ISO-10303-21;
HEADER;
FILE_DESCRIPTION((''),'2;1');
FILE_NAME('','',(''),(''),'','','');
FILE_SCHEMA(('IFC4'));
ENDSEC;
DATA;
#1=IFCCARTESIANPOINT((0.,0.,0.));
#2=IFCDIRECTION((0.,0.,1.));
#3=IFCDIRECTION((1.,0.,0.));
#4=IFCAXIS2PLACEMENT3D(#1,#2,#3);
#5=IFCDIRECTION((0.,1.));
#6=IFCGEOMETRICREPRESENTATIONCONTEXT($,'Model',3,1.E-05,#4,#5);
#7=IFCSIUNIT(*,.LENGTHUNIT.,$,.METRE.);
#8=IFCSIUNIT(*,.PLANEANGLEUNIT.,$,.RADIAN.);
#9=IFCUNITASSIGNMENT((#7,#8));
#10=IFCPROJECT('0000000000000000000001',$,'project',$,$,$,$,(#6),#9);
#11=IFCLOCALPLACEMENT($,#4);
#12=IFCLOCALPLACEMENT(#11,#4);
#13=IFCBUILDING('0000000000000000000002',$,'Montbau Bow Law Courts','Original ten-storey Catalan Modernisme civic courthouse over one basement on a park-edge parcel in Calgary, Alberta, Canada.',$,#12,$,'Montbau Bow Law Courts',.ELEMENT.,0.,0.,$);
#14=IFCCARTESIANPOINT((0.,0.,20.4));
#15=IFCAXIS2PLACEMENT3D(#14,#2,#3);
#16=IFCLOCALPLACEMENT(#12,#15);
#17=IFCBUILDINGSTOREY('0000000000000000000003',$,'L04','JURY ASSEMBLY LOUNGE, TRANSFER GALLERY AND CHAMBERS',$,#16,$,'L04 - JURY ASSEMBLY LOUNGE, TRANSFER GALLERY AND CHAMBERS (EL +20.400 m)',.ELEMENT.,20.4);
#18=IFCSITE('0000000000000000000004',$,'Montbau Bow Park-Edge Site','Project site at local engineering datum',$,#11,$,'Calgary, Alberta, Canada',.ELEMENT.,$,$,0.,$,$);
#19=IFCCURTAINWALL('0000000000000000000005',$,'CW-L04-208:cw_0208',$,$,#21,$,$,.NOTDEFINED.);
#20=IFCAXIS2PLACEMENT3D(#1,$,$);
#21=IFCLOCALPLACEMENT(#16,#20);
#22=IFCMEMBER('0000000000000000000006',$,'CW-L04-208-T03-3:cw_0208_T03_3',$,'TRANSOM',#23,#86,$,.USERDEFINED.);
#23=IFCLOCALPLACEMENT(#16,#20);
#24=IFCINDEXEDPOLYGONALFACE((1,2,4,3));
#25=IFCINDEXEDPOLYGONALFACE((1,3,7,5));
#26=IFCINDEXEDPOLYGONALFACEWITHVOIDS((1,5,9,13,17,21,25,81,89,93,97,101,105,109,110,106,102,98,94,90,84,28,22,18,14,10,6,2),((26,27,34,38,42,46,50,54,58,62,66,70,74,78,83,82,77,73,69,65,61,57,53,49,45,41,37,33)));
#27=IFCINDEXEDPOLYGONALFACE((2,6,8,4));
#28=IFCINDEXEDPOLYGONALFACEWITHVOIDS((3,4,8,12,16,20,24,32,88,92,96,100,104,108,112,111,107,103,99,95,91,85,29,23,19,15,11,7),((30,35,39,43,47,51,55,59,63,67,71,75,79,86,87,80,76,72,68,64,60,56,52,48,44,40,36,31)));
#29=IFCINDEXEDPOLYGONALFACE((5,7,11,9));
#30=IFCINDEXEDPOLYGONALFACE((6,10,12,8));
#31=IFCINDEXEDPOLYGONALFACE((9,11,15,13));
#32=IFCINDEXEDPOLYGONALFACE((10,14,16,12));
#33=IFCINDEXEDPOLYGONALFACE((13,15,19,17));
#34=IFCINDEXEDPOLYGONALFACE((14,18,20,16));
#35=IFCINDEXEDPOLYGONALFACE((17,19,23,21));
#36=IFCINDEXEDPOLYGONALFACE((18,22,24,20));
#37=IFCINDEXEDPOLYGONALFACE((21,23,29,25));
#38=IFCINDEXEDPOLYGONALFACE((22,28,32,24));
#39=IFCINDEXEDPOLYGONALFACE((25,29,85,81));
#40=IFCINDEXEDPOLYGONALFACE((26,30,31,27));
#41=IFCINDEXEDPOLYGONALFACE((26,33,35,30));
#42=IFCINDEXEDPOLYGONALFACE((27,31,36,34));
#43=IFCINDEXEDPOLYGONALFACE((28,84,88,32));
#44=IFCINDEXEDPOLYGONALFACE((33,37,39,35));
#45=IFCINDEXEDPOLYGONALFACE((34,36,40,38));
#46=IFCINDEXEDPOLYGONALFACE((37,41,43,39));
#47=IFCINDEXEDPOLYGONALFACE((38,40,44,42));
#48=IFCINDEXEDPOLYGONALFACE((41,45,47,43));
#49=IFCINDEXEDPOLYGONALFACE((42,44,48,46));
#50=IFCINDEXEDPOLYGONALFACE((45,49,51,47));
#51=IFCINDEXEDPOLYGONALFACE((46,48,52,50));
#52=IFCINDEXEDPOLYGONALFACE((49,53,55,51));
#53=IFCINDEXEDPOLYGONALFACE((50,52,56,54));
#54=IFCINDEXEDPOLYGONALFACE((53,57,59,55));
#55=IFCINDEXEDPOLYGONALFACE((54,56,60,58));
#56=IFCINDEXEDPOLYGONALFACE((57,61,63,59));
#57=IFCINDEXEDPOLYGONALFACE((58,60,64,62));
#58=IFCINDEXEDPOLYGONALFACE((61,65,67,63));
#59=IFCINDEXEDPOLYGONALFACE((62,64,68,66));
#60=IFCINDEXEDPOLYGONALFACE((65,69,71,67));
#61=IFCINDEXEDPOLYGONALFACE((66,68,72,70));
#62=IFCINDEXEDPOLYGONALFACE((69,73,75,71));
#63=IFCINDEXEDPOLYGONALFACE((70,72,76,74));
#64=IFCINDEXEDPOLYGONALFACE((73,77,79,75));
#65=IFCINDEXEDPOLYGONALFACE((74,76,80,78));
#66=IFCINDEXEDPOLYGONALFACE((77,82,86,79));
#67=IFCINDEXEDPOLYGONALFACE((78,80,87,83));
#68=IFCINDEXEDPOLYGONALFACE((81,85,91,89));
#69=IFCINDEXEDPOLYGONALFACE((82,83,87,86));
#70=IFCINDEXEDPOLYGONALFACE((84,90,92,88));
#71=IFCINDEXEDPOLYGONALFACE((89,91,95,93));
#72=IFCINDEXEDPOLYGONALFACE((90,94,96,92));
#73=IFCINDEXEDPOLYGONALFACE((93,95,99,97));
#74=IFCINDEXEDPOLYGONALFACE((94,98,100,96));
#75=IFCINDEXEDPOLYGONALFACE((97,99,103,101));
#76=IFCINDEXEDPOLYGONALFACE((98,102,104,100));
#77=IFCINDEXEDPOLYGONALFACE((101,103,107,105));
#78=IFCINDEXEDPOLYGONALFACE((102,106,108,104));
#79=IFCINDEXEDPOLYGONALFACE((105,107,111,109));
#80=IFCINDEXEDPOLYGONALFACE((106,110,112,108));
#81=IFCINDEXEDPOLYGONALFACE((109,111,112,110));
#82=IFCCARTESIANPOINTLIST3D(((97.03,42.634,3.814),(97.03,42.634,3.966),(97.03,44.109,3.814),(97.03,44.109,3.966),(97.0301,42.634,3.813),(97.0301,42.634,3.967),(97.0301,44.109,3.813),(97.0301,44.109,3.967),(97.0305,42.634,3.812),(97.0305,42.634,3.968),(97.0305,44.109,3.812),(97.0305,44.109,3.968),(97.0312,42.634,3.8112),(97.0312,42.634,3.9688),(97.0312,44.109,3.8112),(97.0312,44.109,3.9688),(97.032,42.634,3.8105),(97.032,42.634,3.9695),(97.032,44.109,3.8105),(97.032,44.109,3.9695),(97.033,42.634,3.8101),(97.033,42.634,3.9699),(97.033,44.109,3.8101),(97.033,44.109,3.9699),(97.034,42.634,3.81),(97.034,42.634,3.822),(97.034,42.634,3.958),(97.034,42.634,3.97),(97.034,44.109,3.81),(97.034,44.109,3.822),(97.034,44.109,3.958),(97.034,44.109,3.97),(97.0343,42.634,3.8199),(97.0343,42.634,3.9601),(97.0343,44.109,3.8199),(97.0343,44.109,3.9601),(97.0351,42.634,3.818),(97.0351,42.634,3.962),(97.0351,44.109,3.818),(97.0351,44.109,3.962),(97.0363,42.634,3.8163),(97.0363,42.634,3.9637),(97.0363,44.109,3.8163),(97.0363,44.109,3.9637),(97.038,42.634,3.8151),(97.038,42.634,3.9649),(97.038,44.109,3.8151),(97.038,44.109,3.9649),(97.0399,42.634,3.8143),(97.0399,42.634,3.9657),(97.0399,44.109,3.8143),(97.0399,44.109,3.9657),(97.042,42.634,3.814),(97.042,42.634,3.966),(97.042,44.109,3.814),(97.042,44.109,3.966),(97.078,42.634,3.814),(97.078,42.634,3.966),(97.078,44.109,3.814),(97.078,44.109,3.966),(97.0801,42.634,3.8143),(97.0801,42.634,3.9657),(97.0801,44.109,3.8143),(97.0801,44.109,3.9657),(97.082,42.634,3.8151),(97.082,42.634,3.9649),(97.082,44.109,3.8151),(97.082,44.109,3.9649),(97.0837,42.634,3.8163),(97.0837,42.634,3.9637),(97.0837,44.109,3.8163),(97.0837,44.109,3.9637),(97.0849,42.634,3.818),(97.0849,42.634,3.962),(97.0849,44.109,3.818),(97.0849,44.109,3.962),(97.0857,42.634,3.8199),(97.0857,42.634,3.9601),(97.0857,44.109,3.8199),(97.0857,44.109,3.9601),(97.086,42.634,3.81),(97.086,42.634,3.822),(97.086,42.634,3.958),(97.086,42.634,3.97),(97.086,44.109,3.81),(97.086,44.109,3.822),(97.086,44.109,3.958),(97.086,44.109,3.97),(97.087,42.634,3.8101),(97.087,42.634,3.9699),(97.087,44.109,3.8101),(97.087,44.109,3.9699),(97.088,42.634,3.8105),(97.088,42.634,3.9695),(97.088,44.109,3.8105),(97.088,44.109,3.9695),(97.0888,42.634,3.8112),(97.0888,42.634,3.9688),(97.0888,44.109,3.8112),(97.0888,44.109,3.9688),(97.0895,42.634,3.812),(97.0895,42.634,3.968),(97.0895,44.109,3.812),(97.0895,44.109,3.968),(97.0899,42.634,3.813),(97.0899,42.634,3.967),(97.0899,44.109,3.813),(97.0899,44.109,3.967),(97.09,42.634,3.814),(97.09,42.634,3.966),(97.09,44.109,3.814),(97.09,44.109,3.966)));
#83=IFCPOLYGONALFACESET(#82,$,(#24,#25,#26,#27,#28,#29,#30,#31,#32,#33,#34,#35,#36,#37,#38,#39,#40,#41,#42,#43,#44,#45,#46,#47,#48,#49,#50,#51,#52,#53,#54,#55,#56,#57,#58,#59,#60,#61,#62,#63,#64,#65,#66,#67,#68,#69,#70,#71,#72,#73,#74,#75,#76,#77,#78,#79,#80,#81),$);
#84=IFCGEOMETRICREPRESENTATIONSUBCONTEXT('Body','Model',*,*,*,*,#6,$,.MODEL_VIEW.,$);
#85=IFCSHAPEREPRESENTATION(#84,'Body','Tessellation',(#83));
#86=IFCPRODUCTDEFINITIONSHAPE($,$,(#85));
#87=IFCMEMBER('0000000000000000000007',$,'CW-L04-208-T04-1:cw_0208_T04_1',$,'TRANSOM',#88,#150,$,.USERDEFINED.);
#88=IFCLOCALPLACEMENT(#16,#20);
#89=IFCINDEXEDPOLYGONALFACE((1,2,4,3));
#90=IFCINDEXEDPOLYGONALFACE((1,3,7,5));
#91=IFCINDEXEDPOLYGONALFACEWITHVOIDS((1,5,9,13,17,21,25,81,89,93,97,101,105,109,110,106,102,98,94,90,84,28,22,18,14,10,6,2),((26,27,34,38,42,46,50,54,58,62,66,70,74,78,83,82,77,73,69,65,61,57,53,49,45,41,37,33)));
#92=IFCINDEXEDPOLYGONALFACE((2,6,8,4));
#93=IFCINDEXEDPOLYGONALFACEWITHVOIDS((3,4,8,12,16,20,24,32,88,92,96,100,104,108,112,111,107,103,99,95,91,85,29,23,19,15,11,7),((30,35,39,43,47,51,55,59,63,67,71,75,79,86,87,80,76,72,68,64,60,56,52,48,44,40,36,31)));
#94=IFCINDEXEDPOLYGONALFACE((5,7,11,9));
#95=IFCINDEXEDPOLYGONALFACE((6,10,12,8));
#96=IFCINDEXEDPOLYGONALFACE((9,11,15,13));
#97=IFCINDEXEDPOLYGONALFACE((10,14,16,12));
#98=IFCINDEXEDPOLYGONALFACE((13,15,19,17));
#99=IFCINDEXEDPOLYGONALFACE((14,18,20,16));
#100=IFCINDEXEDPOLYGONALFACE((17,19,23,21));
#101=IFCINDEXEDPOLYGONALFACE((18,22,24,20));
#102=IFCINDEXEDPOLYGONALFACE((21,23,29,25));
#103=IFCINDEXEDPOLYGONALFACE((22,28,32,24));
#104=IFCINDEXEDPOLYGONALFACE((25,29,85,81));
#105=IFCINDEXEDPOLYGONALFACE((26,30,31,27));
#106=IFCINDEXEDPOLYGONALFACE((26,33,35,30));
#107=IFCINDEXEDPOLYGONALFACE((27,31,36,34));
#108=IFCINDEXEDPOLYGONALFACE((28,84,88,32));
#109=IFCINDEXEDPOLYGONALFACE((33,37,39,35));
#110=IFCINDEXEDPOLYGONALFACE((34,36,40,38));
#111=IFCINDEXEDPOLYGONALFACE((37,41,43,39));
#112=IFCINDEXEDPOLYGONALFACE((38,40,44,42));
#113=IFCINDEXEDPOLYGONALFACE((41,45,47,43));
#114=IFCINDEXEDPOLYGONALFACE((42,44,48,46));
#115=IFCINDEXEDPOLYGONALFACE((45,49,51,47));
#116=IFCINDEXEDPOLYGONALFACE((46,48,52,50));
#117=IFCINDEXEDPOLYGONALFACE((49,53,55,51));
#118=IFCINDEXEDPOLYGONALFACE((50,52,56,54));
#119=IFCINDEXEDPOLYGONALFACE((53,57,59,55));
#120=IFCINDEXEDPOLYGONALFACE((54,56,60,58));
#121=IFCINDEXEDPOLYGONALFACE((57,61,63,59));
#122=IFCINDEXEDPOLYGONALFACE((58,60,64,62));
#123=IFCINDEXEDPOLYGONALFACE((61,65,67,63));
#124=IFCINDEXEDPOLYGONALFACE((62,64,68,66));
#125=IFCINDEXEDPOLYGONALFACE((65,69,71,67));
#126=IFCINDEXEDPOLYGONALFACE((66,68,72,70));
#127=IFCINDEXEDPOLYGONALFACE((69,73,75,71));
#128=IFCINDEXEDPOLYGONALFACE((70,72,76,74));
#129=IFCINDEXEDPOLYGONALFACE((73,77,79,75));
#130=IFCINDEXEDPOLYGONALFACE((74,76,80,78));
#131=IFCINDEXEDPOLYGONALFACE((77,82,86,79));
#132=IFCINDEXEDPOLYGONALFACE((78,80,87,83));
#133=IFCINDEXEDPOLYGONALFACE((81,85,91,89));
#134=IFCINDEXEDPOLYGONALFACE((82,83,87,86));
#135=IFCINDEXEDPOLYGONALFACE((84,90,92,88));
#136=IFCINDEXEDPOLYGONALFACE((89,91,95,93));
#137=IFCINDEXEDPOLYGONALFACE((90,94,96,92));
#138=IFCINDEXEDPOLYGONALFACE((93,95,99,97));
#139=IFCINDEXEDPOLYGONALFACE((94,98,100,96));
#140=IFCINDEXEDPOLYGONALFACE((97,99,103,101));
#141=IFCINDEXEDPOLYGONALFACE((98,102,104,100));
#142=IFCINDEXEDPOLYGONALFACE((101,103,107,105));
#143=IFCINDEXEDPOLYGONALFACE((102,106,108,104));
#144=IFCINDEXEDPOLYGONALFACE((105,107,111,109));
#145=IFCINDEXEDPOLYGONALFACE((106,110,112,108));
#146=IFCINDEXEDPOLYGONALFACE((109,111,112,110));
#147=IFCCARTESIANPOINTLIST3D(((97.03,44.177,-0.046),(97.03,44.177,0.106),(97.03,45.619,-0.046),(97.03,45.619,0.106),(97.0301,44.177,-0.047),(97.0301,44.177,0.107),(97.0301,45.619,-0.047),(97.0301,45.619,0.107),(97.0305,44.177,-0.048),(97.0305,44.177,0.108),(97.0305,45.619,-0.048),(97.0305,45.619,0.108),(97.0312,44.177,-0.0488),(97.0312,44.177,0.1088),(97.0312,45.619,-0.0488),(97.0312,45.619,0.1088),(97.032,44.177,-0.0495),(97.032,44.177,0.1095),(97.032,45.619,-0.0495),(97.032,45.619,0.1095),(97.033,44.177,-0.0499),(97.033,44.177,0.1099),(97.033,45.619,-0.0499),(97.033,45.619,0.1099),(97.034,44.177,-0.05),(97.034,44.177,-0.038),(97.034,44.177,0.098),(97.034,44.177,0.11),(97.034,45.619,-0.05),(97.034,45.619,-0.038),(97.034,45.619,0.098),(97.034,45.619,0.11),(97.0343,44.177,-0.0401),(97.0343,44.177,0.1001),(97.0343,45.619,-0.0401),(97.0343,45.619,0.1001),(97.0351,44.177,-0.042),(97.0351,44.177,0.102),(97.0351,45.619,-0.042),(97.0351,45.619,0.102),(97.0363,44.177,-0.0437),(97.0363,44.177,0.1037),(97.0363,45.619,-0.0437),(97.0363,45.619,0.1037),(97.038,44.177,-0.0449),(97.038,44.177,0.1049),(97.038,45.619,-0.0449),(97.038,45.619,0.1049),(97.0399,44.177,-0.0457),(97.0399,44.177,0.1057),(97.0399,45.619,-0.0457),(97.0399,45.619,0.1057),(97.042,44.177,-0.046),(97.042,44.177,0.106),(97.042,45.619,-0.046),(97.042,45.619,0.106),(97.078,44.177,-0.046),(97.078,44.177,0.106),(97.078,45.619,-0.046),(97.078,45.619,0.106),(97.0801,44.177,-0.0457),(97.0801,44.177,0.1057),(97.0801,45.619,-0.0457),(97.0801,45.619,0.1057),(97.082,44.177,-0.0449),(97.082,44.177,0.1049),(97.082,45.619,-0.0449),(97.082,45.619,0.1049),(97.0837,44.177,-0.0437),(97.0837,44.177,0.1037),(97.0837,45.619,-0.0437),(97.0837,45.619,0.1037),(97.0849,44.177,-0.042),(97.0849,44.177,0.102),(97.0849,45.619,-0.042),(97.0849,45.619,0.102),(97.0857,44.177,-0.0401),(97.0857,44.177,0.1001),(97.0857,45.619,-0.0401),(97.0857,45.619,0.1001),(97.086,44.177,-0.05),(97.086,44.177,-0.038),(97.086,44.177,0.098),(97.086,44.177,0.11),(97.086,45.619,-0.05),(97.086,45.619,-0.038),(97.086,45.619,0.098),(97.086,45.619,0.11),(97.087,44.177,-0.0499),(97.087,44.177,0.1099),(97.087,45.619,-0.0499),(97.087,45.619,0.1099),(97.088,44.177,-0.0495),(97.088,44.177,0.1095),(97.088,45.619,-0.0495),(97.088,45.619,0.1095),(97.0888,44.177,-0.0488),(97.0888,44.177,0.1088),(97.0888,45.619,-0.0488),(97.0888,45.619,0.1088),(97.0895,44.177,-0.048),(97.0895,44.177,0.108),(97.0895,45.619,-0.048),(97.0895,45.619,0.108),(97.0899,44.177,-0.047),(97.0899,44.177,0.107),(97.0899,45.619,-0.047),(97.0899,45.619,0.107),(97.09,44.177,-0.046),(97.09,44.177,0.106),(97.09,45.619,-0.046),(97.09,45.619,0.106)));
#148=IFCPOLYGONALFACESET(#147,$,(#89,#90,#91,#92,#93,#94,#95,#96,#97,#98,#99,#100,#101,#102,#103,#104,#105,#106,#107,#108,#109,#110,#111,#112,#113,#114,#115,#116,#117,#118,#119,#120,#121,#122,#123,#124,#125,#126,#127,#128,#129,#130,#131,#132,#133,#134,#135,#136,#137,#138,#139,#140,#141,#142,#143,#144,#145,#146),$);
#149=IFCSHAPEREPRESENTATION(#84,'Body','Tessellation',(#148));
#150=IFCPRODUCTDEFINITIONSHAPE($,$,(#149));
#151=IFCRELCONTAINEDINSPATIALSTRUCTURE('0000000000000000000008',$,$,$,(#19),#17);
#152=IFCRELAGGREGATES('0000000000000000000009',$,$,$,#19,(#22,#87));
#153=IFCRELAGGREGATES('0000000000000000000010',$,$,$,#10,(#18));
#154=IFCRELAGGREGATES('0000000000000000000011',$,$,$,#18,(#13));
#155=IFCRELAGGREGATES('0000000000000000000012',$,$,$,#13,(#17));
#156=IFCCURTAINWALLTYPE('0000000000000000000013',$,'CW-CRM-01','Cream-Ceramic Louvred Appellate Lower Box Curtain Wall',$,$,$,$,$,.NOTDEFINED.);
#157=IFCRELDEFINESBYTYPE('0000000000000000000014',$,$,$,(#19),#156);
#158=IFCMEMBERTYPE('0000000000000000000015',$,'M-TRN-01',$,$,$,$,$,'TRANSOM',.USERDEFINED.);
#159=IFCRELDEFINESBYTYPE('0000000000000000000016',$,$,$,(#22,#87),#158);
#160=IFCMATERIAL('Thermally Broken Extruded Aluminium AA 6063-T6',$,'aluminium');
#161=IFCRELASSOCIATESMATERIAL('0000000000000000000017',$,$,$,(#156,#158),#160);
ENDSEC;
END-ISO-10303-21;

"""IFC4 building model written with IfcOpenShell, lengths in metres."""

from ifc_helpers import new_model, si_unit, direction, frame, origin_with_axes, origin_2d_with_axis, place, context, subcontext, project, spatial, hollow_rectangle, extrude, material, material_profile, profile_set, type_object, element, aggregate, save


model = new_model("IFC4")

# Units and contexts
model_context = context("Model", 3, precision=1e-05, world=origin_with_axes(), true_north=direction((0.0, 1.0)))
body_context = subcontext(model_context, "Body", "Model", "MODEL_VIEW")
ifc_project = project(units=[si_unit("LENGTHUNIT", "METRE"), si_unit("PLANEANGLEUNIT", "RADIAN")], contexts=[model_context])

# Site, building, storey
site_placement = place(None, origin_with_axes())
site = spatial("IfcSite", under=ifc_project, at=site_placement, Name="Montbau Bow Park-Edge Site", Description="Project site at local engineering datum", LongName="Calgary, Alberta, Canada", CompositionType="ELEMENT", RefElevation=0.0)
building_placement = place(site_placement, origin_with_axes())
building = spatial("IfcBuilding", under=site, at=building_placement, Name="Montbau Bow Law Courts", Description="Original ten-storey Catalan Modernisme civic courthouse over one basement on a park-edge parcel in Calgary, Alberta, Canada.", LongName="Montbau Bow Law Courts", CompositionType="ELEMENT", ElevationOfRefHeight=0.0, ElevationOfTerrain=0.0)
storey_placement = place(building_placement, frame((0.0, 0.0, 20.4), z_axis=(0.0, 0.0, 1.0), x_axis=(1.0, 0.0, 0.0)))
storey = spatial("IfcBuildingStorey", under=building, at=storey_placement, Name="L04", Description="JURY ASSEMBLY LOUNGE, TRANSFER GALLERY AND CHAMBERS", LongName="L04 - JURY ASSEMBLY LOUNGE, TRANSFER GALLERY AND CHAMBERS (EL +20.400 m)", CompositionType="ELEMENT", Elevation=20.4)

# Curtain wall
ifc_material_1 = material(Name="Thermally Broken Extruded Aluminium AA 6063-T6", Category="aluminium")
curtain_wall_type = type_object("IfcCurtainWallType", Name="CW-CRM-01", Description="Cream-Ceramic Louvred Appellate Lower Box Curtain Wall", PredefinedType="NOTDEFINED", material=ifc_material_1)
curtain_wall_1_placement = place(None, frame((97.06, 39.515, 20.4), z_axis=(0.0, 0.0, 1.0), x_axis=(1.0, 0.0, 0.0)))
curtain_wall_1 = element("IfcCurtainWall", 1, at=curtain_wall_1_placement, inside=storey, type_object=curtain_wall_type, Name="CW-L04-208:cw_0208", PredefinedType="NOTDEFINED")

# Members
ifc_material_profile_1 = material_profile(ifc_material_1, hollow_rectangle(XDim=0.06, YDim=0.16, WallThickness=0.004, InnerFilletRadius=0.008, OuterFilletRadius=0.004, at=origin_2d_with_axis()), Name="CWT-160X60", Category="Main", Priority=0)
ifc_profile_set_1 = profile_set([ifc_material_profile_1], Name="Thermally Broken Extruded Aluminium AA 6063-T6")
member_type_1 = type_object("IfcMemberType", Name="M-TRN-01", ElementType="TRANSOM", PredefinedType="USERDEFINED", material=ifc_profile_set_1)
member_1_placement = place(None, frame((97.06, 42.634, 24.29), z_axis=(0.0, 1.0, 0.0), x_axis=(-1.0, 0.0, 0.0)))
member_1 = element("IfcMember", 2, at=member_1_placement, type_object=member_type_1, Name="CW-L04-208-T03-3:cw_0208_T03_3", ObjectType="TRANSOM", PredefinedType="USERDEFINED", context=body_context, shape_type="SweptSolid", body=[
    extrude(hollow_rectangle(XDim=0.06, YDim=0.16, WallThickness=0.004, InnerFilletRadius=0.008, OuterFilletRadius=0.004, at=origin_2d_with_axis()), origin_with_axes(), (0.0, 0.0, 1.0), 1.475),
])
member_2_placement = place(None, frame((97.06, 44.177, 20.43), z_axis=(0.0, 1.0, 0.0), x_axis=(-1.0, 0.0, 0.0)))
member_2 = element("IfcMember", 3, at=member_2_placement, type_object=member_type_1, Name="CW-L04-208-T04-1:cw_0208_T04_1", ObjectType="TRANSOM", PredefinedType="USERDEFINED", context=body_context, shape_type="SweptSolid", body=[
    extrude(hollow_rectangle(XDim=0.06, YDim=0.16, WallThickness=0.004, InnerFilletRadius=0.008, OuterFilletRadius=0.004, at=origin_2d_with_axis()), origin_with_axes(), (0.0, 0.0, 1.0), 1.442),
])

aggregate(curtain_wall_1, [member_1, member_2])

save(model, "model.ifc")
